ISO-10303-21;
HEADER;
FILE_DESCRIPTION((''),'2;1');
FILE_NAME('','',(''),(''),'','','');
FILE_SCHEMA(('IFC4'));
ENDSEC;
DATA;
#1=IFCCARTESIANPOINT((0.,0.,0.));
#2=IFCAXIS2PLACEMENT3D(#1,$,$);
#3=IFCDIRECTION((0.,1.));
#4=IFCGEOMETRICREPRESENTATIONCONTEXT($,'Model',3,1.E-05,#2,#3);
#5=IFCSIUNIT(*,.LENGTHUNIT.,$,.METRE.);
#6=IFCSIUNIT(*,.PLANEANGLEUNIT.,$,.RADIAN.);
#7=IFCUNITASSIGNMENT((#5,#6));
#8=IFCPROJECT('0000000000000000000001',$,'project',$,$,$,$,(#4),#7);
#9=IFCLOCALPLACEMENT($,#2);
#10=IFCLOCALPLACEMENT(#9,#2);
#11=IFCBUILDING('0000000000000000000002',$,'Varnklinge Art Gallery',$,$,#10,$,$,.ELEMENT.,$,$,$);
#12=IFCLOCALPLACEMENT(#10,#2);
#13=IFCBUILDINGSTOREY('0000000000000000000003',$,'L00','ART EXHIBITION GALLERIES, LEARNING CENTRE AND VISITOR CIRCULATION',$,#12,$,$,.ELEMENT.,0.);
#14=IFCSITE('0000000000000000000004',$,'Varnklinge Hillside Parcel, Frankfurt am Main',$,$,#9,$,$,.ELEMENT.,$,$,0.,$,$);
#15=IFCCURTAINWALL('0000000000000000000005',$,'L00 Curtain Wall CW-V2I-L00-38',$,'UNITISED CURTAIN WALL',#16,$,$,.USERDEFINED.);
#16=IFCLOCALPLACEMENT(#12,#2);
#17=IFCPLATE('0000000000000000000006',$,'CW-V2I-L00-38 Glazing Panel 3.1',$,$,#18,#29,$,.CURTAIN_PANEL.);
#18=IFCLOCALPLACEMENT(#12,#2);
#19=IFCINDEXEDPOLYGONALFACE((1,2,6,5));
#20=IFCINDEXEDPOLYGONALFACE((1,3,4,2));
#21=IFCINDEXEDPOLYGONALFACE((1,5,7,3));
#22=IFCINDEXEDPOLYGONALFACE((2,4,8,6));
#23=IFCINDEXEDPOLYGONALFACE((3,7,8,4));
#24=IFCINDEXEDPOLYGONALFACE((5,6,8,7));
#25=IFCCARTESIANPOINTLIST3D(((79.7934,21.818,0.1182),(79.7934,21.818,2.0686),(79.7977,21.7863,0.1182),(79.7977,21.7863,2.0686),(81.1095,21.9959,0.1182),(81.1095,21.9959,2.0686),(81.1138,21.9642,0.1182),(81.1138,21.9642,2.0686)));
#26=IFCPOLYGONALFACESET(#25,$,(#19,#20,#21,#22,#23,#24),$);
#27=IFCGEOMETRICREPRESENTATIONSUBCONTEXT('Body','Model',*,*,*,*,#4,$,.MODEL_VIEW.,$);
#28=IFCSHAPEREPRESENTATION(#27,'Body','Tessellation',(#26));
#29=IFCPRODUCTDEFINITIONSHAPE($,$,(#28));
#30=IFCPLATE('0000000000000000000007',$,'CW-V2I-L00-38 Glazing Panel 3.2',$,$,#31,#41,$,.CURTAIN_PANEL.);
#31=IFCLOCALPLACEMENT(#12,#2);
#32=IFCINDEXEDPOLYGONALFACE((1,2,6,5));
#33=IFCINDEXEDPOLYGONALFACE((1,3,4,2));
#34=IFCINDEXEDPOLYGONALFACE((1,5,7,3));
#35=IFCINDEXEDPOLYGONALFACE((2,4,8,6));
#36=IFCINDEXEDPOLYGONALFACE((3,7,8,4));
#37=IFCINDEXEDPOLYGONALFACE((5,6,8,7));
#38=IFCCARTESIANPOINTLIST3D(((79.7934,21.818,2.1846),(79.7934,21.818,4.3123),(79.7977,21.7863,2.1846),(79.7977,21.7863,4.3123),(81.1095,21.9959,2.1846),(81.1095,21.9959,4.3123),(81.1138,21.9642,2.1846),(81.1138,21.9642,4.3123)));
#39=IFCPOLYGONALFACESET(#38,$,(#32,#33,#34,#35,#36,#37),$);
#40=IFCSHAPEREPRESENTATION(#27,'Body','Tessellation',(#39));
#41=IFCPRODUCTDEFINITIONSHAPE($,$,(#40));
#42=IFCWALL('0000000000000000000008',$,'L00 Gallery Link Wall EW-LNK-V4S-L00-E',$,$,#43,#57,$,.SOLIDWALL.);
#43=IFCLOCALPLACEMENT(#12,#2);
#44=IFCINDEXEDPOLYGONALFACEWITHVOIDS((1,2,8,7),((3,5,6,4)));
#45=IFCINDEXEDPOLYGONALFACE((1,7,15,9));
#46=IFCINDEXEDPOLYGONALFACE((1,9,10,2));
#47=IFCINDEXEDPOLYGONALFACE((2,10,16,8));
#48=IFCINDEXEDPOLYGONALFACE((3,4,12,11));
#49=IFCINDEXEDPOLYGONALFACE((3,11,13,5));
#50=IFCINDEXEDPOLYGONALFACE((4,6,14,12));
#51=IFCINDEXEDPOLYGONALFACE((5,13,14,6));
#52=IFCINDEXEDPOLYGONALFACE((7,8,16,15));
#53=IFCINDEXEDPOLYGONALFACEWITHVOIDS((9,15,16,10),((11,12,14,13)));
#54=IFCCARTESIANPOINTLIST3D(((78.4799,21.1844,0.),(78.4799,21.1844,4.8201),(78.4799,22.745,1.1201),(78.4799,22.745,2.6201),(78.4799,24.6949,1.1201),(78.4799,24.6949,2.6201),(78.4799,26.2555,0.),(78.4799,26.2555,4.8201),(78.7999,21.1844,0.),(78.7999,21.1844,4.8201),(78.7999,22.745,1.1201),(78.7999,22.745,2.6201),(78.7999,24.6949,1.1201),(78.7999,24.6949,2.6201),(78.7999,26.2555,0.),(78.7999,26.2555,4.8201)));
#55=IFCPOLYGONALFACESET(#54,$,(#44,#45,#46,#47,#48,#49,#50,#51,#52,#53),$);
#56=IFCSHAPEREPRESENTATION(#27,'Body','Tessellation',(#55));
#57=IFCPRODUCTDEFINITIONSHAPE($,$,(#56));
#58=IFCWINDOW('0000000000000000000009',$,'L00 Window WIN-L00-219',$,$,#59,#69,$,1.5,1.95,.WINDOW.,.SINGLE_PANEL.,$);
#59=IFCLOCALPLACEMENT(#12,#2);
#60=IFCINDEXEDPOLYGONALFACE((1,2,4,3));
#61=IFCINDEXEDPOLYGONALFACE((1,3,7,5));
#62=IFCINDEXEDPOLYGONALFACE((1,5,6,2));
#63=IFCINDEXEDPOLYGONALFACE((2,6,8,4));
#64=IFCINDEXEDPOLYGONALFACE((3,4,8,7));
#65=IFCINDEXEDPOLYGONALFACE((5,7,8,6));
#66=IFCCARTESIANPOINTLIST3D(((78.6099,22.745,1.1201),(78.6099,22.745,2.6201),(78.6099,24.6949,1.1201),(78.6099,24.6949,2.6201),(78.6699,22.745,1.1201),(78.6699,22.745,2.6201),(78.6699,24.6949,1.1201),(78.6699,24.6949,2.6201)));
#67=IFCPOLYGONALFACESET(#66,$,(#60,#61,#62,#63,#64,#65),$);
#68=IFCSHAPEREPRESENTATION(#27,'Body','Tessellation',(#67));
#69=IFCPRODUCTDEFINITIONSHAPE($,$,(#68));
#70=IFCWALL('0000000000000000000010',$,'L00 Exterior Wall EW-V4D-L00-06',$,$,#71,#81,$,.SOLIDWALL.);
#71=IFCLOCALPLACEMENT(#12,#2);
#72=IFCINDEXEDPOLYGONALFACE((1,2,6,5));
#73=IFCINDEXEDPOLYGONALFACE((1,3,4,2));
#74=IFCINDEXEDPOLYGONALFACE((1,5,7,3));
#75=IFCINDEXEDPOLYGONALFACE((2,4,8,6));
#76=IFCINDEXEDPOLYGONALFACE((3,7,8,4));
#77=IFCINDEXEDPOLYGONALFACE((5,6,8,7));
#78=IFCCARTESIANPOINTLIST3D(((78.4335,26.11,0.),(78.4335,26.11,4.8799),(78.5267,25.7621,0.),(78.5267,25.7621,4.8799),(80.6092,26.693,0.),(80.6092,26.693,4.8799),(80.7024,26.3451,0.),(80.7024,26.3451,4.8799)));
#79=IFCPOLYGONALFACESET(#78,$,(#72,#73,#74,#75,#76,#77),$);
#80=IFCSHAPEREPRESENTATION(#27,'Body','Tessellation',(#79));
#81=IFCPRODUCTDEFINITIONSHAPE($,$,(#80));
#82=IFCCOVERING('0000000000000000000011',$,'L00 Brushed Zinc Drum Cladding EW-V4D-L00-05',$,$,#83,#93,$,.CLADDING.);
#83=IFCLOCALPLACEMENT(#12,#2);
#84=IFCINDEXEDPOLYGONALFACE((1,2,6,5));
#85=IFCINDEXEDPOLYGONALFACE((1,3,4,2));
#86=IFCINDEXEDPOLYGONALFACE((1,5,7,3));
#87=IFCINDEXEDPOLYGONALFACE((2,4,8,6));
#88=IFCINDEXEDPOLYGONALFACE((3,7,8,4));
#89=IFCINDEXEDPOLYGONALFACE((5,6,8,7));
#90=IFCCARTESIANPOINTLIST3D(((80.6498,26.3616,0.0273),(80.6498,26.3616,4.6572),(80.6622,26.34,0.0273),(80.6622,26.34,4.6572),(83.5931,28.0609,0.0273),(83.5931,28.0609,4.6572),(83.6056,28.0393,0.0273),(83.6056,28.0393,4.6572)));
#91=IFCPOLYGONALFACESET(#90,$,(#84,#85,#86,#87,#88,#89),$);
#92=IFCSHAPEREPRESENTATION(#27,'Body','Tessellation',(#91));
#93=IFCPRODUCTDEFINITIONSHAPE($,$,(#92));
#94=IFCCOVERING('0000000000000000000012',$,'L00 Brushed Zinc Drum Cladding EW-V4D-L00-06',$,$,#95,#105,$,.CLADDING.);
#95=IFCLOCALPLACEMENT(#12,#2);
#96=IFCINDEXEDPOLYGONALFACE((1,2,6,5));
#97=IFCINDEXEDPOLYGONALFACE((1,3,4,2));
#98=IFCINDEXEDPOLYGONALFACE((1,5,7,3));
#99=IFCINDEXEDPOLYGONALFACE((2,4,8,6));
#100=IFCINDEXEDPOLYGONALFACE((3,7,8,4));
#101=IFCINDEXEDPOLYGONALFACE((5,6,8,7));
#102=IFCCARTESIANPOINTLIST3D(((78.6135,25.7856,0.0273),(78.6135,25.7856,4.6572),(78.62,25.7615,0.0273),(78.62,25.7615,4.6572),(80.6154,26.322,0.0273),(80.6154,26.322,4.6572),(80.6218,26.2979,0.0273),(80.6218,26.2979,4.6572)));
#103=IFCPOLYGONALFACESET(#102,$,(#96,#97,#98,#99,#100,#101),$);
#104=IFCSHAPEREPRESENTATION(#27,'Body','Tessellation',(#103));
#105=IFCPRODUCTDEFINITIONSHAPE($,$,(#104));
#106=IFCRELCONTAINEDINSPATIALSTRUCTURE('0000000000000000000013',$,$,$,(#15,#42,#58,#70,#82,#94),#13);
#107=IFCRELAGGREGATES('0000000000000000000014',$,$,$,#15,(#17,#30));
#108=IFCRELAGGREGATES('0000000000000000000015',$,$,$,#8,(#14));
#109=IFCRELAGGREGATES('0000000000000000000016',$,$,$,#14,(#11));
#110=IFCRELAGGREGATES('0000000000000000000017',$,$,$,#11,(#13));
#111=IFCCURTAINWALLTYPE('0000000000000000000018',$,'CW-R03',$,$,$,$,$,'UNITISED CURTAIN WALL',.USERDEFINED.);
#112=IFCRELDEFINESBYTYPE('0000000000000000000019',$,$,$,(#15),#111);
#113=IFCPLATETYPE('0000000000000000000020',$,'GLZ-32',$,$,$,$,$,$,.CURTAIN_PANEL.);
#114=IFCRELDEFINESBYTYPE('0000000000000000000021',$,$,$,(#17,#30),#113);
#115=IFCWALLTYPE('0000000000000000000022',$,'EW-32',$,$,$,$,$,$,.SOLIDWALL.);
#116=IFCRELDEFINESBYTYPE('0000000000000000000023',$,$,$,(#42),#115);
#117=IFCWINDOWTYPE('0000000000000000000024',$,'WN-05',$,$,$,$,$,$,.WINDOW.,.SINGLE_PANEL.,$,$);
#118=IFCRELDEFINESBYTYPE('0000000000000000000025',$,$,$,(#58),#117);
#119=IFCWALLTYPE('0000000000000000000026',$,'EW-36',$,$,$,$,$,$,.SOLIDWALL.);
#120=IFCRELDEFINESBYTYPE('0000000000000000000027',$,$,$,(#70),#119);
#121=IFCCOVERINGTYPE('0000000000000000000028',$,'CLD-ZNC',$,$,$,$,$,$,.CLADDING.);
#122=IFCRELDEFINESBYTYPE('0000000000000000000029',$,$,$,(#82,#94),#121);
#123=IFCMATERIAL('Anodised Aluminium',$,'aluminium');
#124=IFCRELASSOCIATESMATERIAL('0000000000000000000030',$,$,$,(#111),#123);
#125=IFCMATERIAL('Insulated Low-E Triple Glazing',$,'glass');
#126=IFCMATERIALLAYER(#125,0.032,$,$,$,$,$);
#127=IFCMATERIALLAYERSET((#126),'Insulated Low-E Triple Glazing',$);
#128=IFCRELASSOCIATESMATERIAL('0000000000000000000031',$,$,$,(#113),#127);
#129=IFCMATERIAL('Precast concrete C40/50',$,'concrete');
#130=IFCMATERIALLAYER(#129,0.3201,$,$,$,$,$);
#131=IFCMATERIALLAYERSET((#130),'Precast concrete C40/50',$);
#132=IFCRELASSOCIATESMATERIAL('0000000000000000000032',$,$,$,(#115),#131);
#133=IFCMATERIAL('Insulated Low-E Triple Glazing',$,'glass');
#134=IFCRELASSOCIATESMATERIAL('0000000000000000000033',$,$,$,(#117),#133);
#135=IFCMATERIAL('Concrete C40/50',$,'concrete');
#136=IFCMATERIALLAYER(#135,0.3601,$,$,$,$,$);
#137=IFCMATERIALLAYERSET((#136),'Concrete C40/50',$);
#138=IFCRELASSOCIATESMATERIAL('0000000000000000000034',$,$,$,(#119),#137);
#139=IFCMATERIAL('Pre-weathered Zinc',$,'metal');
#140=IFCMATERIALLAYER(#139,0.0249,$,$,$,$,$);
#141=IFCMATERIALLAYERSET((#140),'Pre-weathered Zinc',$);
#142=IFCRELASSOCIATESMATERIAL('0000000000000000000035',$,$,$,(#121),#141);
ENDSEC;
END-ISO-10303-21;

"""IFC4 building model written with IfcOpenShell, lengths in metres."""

from ifc_helpers import new_model, si_unit, direction, frame, frame_2d, origin, origin_2d, place, context, subcontext, project, spatial, rectangle, extrude, material, layer, layer_set, type_object, element, fill, aggregate, save


model = new_model("IFC4")

# Units and contexts
model_context = context("Model", 3, precision=1e-05, world=origin(), true_north=direction((0.0, 1.0)))
body_context = subcontext(model_context, "Body", "Model", "MODEL_VIEW")
ifc_project = project(units=[si_unit("LENGTHUNIT", "METRE"), si_unit("PLANEANGLEUNIT", "RADIAN")], contexts=[model_context])

# Site, building, storey
site_placement = place(None, origin())
site = spatial("IfcSite", under=ifc_project, at=site_placement, Name="Varnklinge Hillside Parcel, Frankfurt am Main", CompositionType="ELEMENT", RefElevation=0.0)
building_placement = place(site_placement, origin())
building = spatial("IfcBuilding", under=site, at=building_placement, Name="Varnklinge Art Gallery", CompositionType="ELEMENT")
storey_placement = place(building_placement, origin())
storey = spatial("IfcBuildingStorey", under=building, at=storey_placement, Name="L00", Description="ART EXHIBITION GALLERIES, LEARNING CENTRE AND VISITOR CIRCULATION", CompositionType="ELEMENT", Elevation=0.0)

# Curtain wall
ifc_material_1 = material(Name="Anodised Aluminium", Category="aluminium")
curtain_wall_type = type_object("IfcCurtainWallType", Name="CW-R03", ElementType="UNITISED CURTAIN WALL", PredefinedType="USERDEFINED", material=ifc_material_1)
curtain_wall_placement = place(storey_placement, origin())
curtain_wall = element("IfcCurtainWall", 1, at=curtain_wall_placement, inside=storey, type_object=curtain_wall_type, Name="L00 Curtain Wall CW-V2I-L00-38", ObjectType="UNITISED CURTAIN WALL", PredefinedType="USERDEFINED")

# Plates
ifc_material_2 = material(Name="Insulated Low-E Triple Glazing", Category="glass")
ifc_layer_1 = layer(ifc_material_2, 0.032)
ifc_layer_set_1 = layer_set([ifc_layer_1], Name="Insulated Low-E Triple Glazing")
plate_type = type_object("IfcPlateType", Name="GLZ-32", PredefinedType="CURTAIN_PANEL", material=ifc_layer_set_1)
plate_1_placement = place(storey_placement, frame((80.4536, 21.8911, 0.1182), z_axis=(0.0, 0.0, 1.0), x_axis=(-0.990983, -0.133986, 0.0)))
plate_1 = element("IfcPlate", 2, at=plate_1_placement, type_object=plate_type, Name="CW-V2I-L00-38 Glazing Panel 3.1", PredefinedType="CURTAIN_PANEL", context=body_context, shape_type="SweptSolid", body=[
    extrude(rectangle(XDim=1.3281, YDim=0.032, at=origin_2d()), origin(), (0.0, 0.0, 1.0), 1.9504),
])
plate_2_placement = place(storey_placement, frame((80.4536, 21.8911, 2.1846), z_axis=(0.0, 0.0, 1.0), x_axis=(-0.990983, -0.133986, 0.0)))
plate_2 = element("IfcPlate", 3, at=plate_2_placement, type_object=plate_type, Name="CW-V2I-L00-38 Glazing Panel 3.2", PredefinedType="CURTAIN_PANEL", context=body_context, shape_type="SweptSolid", body=[
    extrude(rectangle(XDim=1.3281, YDim=0.032, at=origin_2d()), origin(), (0.0, 0.0, 1.0), 2.1277),
])
aggregate(curtain_wall, [plate_1, plate_2])

# Wall, opening, window
ifc_material_3 = material(Name="Precast concrete C40/50", Category="concrete")
ifc_layer_2 = layer(ifc_material_3, 0.3201)
ifc_layer_set_2 = layer_set([ifc_layer_2], Name="Precast concrete C40/50")
wall_type_1 = type_object("IfcWallType", Name="EW-32", PredefinedType="SOLIDWALL", material=ifc_layer_set_2)
wall_1_placement = place(storey_placement, frame((78.6399, 26.2556, 0.0), z_axis=(0.0, 0.0, 1.0), x_axis=(0.0, -1.0, 0.0)))
wall_1 = element("IfcWall", 4, at=wall_1_placement, inside=storey, type_object=wall_type_1, Name="L00 Gallery Link Wall EW-LNK-V4S-L00-E", PredefinedType="SOLIDWALL", context=body_context, shape_type="SweptSolid", body=[
    extrude(rectangle(XDim=5.071, YDim=0.3201, at=frame_2d((2.5356, 0.0))), origin(), (0.0, 0.0, 1.0), 4.8201),
])
opening_placement = place(wall_1_placement, frame((1.5605, 0.0, 1.1201)))
opening = element("IfcOpeningElement", 5, at=opening_placement, cuts=wall_1, PredefinedType="OPENING", context=body_context, shape_type="SweptSolid", body=[
    extrude(rectangle(XDim=1.95, YDim=1.5, at=frame_2d((0.9751, 0.75))), frame((0.0, 0.1702, 0.0), z_axis=(0.0, -1.0, 0.0), x_axis=(1.0, 0.0, 0.0)), (0.0, 0.0, 1.0), 0.3401),
])
ifc_material_4 = material(Name="Insulated Low-E Triple Glazing", Category="glass")
window_type = type_object("IfcWindowType", Name="WN-05", PartitioningType="SINGLE_PANEL", PredefinedType="WINDOW", material=ifc_material_4)
window_placement = place(opening_placement, origin())
window = element("IfcWindow", 6, at=window_placement, inside=storey, type_object=window_type, Name="L00 Window WIN-L00-219", OverallHeight=1.5, OverallWidth=1.95, PartitioningType="SINGLE_PANEL", PredefinedType="WINDOW", context=body_context, shape_type="SweptSolid", body=[
    extrude(rectangle(XDim=1.95, YDim=1.5, at=frame_2d((0.9751, 0.75))), frame((0.0, 0.03, 0.0), z_axis=(0.0, -1.0, 0.0), x_axis=(1.0, 0.0, 0.0)), (0.0, 0.0, 1.0), 0.0601),
])
fill(opening, window)

# Wall
ifc_material_5 = material(Name="Concrete C40/50", Category="concrete")
ifc_layer_3 = layer(ifc_material_5, 0.3601)
ifc_layer_set_3 = layer_set([ifc_layer_3], Name="Concrete C40/50")
wall_type_2 = type_object("IfcWallType", Name="EW-36", PredefinedType="SOLIDWALL", material=ifc_layer_set_3)
wall_2_placement = place(storey_placement, frame((80.6558, 26.519, 0.0), z_axis=(0.0, 0.0, 1.0), x_axis=(-0.965925, -0.258823, 0.0)))
element("IfcWall", 7, at=wall_2_placement, inside=storey, type_object=wall_type_2, Name="L00 Exterior Wall EW-V4D-L00-06", PredefinedType="SOLIDWALL", context=body_context, shape_type="SweptSolid", body=[
    extrude(rectangle(XDim=2.2524, YDim=0.3601, at=frame_2d((1.1262, 0.0))), origin(), (0.0, 0.0, 1.0), 4.8799),
])

# Coverings
ifc_material_6 = material(Name="Pre-weathered Zinc", Category="metal")
ifc_layer_4 = layer(ifc_material_6, 0.0249)
ifc_layer_set_4 = layer_set([ifc_layer_4], Name="Pre-weathered Zinc")
covering_type = type_object("IfcCoveringType", Name="CLD-ZNC", PredefinedType="CLADDING", material=ifc_layer_set_4)
covering_1_placement = place(storey_placement, frame((82.1277, 27.2004, 0.0273), z_axis=(0.0, 0.0, 1.0), x_axis=(-0.866025, -0.5, 0.0)))
element("IfcCovering", 8, at=covering_1_placement, inside=storey, type_object=covering_type, Name="L00 Brushed Zinc Drum Cladding EW-V4D-L00-05", PredefinedType="CLADDING", context=body_context, shape_type="SweptSolid", body=[
    extrude(rectangle(XDim=3.3987, YDim=0.0249, at=origin_2d()), origin(), (0.0, 0.0, 1.0), 4.6299),
])
covering_2_placement = place(storey_placement, frame((79.6177, 26.0417, 0.0273), z_axis=(0.0, 0.0, 1.0), x_axis=(-0.965926, -0.258819, 0.0)))
element("IfcCovering", 9, at=covering_2_placement, inside=storey, type_object=covering_type, Name="L00 Brushed Zinc Drum Cladding EW-V4D-L00-06", PredefinedType="CLADDING", context=body_context, shape_type="SweptSolid", body=[
    extrude(rectangle(XDim=2.0725, YDim=0.0249, at=origin_2d()), origin(), (0.0, 0.0, 1.0), 4.6299),
])

save(model, "model.ifc")
